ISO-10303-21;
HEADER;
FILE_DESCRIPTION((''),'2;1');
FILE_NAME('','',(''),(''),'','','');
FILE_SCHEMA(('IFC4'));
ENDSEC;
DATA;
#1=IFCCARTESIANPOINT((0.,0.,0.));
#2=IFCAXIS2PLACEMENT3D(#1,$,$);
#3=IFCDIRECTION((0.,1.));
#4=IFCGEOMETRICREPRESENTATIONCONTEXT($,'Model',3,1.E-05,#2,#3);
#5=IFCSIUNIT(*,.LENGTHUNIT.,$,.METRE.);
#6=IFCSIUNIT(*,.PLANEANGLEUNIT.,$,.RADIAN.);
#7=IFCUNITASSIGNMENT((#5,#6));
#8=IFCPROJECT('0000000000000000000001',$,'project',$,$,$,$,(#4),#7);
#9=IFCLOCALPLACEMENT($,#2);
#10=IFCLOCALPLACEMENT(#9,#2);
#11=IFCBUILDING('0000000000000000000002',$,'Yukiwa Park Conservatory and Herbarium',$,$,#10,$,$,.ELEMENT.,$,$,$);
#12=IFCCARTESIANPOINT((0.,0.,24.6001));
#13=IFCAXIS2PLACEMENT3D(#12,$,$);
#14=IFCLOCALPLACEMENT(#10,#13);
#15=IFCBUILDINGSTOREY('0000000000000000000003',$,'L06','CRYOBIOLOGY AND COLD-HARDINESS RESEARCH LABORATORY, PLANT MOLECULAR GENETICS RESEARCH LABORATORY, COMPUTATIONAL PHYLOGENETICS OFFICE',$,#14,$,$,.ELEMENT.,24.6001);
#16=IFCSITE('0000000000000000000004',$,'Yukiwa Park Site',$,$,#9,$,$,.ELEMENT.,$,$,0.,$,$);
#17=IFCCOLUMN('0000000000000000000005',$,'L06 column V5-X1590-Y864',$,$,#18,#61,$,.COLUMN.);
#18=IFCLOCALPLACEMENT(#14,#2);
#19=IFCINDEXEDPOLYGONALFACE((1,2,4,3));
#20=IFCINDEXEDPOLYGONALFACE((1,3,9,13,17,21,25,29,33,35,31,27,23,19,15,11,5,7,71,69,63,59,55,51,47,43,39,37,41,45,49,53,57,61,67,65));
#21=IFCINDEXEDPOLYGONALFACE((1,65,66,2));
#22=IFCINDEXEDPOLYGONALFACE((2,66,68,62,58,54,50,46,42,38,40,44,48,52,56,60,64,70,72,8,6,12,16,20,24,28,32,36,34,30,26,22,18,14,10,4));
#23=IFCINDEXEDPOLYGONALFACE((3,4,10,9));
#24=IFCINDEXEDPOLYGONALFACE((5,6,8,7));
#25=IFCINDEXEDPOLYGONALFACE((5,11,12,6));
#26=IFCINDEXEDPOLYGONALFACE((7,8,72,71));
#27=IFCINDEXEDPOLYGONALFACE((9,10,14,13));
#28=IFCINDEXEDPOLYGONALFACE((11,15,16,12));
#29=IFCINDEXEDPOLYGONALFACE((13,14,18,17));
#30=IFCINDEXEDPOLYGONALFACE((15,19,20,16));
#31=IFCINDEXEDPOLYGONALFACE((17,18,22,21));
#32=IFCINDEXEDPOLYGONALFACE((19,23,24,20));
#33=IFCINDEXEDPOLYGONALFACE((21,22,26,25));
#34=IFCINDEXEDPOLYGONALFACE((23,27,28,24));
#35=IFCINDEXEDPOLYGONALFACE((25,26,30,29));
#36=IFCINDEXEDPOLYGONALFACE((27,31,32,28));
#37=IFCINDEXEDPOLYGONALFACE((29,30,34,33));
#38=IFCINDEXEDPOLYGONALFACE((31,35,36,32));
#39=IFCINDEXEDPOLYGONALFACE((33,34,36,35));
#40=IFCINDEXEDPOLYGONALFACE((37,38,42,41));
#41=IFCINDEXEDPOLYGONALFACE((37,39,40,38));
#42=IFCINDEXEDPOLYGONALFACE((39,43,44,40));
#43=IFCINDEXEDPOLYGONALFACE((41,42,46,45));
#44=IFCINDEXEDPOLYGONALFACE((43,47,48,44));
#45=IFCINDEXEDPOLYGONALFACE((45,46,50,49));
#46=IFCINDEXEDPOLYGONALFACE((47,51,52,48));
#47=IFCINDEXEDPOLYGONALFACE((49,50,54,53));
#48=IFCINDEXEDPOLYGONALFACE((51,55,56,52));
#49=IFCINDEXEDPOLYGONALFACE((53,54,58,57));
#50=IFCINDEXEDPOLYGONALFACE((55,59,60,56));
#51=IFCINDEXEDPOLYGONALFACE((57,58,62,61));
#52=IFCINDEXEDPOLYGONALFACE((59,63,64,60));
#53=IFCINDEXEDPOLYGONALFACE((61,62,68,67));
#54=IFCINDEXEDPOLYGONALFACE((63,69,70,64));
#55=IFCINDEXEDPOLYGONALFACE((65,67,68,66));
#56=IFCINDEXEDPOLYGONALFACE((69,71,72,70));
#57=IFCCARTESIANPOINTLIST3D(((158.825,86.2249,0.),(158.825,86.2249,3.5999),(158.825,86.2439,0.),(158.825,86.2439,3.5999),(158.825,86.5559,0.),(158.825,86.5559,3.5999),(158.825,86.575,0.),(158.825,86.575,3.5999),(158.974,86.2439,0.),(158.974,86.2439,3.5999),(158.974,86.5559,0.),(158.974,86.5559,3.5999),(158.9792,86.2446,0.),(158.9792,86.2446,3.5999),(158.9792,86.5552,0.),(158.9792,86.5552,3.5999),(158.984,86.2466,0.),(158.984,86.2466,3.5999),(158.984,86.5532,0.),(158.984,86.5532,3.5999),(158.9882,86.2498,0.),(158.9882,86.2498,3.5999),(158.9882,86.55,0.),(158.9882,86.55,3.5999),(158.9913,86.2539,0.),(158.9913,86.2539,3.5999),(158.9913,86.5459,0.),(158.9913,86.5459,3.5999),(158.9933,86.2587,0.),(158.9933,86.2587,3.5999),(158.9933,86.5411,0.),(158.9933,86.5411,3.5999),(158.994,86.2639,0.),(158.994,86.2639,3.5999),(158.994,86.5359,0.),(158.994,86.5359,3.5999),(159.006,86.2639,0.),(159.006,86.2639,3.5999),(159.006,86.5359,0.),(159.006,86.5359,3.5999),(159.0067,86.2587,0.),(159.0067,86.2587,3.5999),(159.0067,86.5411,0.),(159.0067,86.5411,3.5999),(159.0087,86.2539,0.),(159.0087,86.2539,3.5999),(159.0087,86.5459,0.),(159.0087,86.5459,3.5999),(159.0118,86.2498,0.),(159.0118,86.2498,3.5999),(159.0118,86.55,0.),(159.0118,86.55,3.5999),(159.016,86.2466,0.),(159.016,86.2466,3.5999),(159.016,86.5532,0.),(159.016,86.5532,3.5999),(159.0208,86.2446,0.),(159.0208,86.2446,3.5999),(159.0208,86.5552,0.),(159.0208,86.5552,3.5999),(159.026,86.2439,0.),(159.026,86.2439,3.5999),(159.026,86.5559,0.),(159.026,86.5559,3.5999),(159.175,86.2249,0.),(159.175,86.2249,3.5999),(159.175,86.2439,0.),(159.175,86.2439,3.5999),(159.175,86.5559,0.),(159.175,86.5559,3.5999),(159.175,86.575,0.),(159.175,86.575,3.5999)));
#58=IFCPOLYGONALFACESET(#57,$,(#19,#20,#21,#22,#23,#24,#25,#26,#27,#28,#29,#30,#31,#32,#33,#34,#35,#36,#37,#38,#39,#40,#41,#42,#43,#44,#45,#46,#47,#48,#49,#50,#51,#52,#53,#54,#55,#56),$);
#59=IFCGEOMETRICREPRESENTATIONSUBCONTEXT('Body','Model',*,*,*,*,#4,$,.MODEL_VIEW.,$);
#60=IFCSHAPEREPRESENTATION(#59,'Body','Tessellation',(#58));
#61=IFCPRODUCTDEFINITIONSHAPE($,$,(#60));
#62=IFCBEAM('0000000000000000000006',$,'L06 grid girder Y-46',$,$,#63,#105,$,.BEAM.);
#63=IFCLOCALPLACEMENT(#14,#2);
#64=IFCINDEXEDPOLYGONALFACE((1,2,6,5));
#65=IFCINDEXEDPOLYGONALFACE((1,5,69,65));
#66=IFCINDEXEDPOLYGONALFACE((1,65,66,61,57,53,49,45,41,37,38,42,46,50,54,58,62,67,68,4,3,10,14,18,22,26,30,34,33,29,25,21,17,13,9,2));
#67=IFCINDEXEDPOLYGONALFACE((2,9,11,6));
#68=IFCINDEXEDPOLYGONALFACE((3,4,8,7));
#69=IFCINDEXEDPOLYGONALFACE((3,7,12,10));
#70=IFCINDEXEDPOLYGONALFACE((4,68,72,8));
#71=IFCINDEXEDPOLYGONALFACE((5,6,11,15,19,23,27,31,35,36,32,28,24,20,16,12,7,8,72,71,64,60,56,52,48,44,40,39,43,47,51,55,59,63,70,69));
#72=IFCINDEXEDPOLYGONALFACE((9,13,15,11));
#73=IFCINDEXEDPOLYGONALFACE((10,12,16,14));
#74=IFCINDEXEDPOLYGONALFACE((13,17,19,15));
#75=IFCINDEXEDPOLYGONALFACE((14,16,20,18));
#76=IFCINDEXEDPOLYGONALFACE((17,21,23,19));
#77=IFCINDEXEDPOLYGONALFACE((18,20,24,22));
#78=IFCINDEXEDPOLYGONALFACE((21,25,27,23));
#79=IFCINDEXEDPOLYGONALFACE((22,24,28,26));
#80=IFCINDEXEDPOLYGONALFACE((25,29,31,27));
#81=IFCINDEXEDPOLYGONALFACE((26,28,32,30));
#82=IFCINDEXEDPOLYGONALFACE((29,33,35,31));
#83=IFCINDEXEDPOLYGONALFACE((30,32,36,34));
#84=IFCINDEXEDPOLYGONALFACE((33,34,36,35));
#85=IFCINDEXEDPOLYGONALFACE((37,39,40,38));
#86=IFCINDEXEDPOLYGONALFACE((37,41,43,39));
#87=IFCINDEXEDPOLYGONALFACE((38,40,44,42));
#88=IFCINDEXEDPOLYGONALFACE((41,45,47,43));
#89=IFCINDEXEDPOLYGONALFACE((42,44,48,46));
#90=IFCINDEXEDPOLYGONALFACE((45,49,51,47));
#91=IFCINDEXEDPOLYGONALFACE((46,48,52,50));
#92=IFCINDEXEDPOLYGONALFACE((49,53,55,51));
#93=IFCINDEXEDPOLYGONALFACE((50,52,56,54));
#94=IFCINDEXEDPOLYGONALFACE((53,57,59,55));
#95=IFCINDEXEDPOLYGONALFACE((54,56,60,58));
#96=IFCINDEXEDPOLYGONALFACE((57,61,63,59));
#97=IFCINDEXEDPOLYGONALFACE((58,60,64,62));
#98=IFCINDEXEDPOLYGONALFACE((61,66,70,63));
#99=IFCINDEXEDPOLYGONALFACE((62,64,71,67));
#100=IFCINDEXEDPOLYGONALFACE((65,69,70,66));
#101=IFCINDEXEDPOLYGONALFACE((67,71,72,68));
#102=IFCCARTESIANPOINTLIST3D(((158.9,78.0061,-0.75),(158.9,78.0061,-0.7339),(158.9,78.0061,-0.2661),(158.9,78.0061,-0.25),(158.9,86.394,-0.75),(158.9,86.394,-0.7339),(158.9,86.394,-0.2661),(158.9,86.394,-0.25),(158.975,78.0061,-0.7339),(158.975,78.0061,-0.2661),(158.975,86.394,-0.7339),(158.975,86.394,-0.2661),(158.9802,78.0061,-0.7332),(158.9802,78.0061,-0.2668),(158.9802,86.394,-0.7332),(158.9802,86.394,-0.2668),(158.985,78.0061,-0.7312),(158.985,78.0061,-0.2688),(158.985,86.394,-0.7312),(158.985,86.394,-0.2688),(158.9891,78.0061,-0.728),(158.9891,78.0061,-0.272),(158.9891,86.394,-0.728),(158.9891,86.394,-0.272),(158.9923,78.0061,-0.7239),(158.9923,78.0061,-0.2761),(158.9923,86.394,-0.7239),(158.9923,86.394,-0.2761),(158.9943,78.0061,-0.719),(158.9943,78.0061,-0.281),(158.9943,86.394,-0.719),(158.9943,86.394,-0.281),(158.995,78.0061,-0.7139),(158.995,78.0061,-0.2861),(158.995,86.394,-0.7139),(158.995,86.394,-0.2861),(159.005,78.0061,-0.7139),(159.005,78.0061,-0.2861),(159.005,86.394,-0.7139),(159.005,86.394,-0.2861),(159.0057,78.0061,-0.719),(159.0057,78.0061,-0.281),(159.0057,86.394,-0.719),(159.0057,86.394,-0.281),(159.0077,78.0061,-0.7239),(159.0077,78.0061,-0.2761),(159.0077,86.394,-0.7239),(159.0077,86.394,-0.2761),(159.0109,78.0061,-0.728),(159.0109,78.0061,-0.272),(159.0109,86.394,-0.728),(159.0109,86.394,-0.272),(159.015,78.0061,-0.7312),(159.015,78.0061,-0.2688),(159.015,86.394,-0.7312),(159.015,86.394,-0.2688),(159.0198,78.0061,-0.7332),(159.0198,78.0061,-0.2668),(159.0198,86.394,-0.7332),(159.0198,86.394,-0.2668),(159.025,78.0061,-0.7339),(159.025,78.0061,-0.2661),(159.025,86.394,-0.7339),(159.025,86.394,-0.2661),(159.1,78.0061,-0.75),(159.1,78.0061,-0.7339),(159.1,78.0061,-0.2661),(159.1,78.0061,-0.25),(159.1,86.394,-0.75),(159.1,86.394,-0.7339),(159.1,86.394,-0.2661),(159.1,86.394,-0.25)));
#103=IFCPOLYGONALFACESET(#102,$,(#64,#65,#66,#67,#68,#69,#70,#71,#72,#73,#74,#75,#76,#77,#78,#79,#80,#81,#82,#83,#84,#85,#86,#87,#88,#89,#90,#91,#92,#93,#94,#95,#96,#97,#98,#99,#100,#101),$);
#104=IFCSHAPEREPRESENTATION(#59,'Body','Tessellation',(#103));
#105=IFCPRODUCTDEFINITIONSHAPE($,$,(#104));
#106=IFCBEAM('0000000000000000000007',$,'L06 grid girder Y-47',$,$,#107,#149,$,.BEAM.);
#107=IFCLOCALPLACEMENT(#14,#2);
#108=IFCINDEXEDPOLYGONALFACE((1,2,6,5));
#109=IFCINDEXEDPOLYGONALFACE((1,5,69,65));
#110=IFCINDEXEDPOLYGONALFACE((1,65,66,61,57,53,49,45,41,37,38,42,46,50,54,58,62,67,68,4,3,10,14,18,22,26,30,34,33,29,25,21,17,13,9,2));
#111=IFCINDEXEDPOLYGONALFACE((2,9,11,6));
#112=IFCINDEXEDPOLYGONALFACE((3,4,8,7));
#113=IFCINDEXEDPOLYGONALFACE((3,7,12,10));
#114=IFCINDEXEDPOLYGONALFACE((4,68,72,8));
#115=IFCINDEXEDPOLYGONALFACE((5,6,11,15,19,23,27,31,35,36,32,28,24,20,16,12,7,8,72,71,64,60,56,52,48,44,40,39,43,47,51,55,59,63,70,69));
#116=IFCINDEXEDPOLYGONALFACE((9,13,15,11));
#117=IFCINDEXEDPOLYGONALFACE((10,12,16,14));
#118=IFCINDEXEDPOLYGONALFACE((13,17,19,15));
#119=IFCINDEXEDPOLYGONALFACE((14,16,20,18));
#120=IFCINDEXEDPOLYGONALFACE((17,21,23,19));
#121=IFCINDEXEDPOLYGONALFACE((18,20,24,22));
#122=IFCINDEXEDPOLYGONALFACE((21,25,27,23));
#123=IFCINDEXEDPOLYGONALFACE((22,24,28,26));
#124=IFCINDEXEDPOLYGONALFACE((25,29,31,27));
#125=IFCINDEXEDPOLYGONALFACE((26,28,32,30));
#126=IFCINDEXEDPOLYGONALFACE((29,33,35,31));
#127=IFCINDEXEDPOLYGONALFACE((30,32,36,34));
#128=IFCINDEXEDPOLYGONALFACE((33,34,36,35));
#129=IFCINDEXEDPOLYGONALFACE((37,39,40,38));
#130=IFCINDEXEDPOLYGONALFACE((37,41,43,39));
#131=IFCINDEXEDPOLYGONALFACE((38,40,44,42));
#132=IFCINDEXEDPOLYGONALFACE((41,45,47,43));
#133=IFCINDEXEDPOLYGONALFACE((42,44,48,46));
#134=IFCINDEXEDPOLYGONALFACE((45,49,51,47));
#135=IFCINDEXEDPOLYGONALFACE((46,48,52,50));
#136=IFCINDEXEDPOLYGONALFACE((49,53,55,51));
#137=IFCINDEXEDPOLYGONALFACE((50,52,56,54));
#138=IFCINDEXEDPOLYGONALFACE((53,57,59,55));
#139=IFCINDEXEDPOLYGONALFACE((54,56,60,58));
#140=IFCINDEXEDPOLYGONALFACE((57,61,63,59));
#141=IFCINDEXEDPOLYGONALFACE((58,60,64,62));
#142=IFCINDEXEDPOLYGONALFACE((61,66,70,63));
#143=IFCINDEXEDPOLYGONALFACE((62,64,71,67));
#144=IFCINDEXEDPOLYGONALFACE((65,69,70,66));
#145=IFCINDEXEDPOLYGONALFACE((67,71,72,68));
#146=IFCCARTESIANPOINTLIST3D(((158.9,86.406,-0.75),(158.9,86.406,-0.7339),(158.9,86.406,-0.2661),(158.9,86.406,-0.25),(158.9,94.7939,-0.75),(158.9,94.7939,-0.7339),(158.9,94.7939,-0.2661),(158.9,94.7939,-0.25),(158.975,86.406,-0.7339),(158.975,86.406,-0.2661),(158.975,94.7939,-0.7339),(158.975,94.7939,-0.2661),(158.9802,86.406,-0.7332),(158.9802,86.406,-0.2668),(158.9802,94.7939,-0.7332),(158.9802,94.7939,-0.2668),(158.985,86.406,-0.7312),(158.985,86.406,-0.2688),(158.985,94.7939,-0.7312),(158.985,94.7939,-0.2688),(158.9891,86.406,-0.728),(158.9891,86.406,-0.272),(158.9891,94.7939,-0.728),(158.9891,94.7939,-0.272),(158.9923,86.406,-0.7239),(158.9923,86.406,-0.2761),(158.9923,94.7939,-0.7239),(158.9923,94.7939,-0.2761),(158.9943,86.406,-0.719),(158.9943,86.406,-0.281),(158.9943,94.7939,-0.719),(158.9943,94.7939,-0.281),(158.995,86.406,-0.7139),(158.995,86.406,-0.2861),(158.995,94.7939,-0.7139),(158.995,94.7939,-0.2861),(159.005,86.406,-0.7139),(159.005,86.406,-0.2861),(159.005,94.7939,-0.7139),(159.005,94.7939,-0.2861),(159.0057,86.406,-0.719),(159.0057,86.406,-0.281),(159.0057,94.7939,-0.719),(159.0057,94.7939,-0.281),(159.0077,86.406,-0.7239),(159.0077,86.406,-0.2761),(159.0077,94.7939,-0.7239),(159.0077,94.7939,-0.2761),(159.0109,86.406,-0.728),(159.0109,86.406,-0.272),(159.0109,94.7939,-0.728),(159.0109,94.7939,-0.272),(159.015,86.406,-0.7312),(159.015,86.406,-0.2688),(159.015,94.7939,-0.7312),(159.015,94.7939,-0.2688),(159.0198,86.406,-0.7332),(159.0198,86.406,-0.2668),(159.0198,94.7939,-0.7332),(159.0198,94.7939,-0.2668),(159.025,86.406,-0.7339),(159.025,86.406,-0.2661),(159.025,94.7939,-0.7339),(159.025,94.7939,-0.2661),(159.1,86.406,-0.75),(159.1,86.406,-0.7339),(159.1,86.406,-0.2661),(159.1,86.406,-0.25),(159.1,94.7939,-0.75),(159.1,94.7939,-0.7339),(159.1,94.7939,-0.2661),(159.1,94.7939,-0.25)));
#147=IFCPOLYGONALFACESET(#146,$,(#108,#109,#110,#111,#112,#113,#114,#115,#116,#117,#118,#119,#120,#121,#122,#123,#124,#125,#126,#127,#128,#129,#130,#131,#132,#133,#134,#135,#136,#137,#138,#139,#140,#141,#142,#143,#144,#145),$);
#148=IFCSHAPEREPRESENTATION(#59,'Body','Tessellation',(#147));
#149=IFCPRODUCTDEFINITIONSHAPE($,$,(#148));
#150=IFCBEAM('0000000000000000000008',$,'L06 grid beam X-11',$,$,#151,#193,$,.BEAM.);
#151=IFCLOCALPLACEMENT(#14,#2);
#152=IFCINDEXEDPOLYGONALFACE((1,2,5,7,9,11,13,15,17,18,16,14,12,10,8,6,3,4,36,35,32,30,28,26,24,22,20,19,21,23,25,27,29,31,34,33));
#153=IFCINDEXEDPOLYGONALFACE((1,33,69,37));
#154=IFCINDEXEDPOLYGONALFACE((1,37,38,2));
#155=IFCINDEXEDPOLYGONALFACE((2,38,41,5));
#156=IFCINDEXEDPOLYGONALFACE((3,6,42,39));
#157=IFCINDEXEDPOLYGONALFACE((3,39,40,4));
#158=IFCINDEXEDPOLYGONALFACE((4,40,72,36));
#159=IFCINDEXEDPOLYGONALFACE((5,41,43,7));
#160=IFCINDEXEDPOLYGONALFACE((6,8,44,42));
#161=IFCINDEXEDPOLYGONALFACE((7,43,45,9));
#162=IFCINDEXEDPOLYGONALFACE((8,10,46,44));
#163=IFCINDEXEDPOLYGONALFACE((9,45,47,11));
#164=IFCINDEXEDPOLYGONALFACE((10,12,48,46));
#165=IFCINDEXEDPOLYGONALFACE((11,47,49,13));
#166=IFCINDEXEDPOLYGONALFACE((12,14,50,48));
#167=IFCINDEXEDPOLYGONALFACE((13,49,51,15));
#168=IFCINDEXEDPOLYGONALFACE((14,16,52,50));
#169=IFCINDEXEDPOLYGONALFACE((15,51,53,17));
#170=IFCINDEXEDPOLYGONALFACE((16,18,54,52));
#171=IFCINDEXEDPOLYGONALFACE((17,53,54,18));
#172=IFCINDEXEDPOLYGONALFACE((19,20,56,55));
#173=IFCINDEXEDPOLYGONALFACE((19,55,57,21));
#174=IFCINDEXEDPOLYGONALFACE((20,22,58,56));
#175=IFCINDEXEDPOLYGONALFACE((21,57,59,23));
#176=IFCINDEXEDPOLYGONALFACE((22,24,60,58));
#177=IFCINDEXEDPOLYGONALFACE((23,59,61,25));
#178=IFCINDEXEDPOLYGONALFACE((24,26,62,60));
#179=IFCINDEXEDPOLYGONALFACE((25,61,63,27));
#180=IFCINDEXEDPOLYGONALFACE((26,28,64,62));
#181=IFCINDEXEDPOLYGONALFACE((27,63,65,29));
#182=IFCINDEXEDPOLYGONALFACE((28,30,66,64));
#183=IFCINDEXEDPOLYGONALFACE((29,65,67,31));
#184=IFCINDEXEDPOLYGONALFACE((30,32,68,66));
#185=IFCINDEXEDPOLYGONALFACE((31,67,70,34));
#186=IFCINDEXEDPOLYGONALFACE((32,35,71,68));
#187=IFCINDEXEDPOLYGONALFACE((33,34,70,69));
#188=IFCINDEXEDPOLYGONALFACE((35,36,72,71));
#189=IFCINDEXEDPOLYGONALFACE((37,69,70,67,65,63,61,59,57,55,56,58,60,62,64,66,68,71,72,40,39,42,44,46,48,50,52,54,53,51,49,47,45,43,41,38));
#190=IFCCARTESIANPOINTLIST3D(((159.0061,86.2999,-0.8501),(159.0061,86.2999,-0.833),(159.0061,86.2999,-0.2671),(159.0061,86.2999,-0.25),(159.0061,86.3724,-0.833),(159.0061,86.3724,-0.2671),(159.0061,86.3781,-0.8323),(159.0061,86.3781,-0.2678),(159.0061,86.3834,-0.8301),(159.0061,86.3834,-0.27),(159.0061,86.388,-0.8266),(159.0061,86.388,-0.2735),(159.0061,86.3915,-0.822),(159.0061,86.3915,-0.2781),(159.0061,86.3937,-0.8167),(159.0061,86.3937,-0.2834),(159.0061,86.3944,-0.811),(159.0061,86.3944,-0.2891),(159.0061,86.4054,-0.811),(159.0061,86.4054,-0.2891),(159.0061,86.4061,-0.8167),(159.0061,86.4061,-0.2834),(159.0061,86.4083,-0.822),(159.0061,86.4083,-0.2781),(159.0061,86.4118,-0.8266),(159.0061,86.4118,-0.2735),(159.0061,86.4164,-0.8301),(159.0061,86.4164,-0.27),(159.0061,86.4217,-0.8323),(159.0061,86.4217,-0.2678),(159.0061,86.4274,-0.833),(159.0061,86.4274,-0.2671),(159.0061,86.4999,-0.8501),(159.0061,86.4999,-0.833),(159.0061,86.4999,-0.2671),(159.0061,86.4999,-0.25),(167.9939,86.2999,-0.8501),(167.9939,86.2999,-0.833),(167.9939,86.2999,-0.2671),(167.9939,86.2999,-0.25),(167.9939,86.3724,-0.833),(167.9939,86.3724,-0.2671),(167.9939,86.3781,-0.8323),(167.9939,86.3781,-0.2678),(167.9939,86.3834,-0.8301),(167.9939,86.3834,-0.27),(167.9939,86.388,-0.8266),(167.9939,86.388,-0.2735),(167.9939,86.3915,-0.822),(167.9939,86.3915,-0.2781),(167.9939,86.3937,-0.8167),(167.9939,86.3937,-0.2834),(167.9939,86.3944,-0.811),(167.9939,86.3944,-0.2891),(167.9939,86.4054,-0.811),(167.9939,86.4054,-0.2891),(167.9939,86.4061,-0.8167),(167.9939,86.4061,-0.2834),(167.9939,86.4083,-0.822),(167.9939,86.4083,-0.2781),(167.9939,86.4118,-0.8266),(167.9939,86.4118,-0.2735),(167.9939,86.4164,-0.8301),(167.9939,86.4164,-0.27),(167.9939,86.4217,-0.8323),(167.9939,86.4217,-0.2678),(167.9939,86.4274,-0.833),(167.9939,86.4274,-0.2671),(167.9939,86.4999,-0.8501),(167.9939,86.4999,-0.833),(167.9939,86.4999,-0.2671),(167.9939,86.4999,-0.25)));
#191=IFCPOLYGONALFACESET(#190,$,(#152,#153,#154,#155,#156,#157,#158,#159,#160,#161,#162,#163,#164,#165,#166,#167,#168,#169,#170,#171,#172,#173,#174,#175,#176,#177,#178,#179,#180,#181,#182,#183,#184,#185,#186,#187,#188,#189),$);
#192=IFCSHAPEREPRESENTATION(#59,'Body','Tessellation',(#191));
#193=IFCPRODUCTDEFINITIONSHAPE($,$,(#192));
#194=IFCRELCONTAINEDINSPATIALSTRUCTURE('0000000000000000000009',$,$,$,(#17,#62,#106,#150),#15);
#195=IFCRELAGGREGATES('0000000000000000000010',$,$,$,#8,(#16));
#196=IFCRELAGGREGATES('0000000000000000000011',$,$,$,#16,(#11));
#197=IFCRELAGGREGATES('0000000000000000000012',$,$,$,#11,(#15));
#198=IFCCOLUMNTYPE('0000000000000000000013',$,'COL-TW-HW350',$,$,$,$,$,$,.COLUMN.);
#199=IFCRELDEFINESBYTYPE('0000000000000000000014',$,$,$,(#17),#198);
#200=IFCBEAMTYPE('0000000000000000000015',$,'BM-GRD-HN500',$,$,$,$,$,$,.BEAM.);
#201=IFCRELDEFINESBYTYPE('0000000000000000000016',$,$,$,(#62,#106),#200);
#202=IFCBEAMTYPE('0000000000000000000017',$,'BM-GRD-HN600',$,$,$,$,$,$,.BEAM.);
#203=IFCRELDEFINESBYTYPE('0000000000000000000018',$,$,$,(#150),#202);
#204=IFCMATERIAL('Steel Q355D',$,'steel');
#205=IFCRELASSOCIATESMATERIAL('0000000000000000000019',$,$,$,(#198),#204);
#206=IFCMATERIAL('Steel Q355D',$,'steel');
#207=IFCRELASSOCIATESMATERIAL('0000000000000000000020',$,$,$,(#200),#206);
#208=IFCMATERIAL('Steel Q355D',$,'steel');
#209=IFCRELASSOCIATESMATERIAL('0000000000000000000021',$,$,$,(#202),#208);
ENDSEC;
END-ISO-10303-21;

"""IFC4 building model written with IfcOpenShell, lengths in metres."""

from ifc_helpers import new_model, si_unit, direction, frame, origin, origin_2d, place, context, subcontext, project, spatial, i_section, extrude, material, material_profile, profile_set, type_object, element, save


model = new_model("IFC4")

# Units and contexts
model_context = context("Model", 3, precision=1e-05, world=origin(), true_north=direction((0.0, 1.0)))
body_context = subcontext(model_context, "Body", "Model", "MODEL_VIEW")
ifc_project = project(units=[si_unit("LENGTHUNIT", "METRE"), si_unit("PLANEANGLEUNIT", "RADIAN")], contexts=[model_context])

# Site, building, storey
site_placement = place(None, origin())
site = spatial("IfcSite", under=ifc_project, at=site_placement, Name="Yukiwa Park Site", CompositionType="ELEMENT", RefElevation=0.0)
building_placement = place(site_placement, origin())
building = spatial("IfcBuilding", under=site, at=building_placement, Name="Yukiwa Park Conservatory and Herbarium", CompositionType="ELEMENT")
storey_placement = place(building_placement, frame((0.0, 0.0, 24.6001)))
storey = spatial("IfcBuildingStorey", under=building, at=storey_placement, Name="L06", Description="CRYOBIOLOGY AND COLD-HARDINESS RESEARCH LABORATORY, PLANT MOLECULAR GENETICS RESEARCH LABORATORY, COMPUTATIONAL PHYLOGENETICS OFFICE", CompositionType="ELEMENT", Elevation=24.6001)

# Column
ifc_material_1 = material(Name="Steel Q355D", Category="steel")
ifc_material_profile_1 = material_profile(ifc_material_1, i_section(OverallWidth=0.3501, OverallDepth=0.3501, WebThickness=0.012, FlangeThickness=0.019, FilletRadius=0.02, at=origin_2d()), Name="HW 350x350x12x19")
ifc_profile_set_1 = profile_set([ifc_material_profile_1], Name="Steel Q355D")
column_type_1 = type_object("IfcColumnType", Name="COL-TW-HW350", PredefinedType="COLUMN", material=ifc_profile_set_1)
column_placement = place(storey_placement, frame((159.0, 86.3999, 0.0), z_axis=(0.0, 0.0, 1.0), x_axis=(1.0, 0.0, 0.0)))
element("IfcColumn", 1, at=column_placement, inside=storey, type_object=column_type_1, Name="L06 column V5-X1590-Y864", PredefinedType="COLUMN", context=body_context, shape_type="SweptSolid", body=[
    extrude(i_section(OverallWidth=0.3501, OverallDepth=0.3501, WebThickness=0.012, FlangeThickness=0.019, FilletRadius=0.02, at=origin_2d()), origin(), (0.0, 0.0, 1.0), 3.5999),
])

# Beams
ifc_material_2 = material(Name="Steel Q355D", Category="steel")
ifc_material_profile_2 = material_profile(ifc_material_2, i_section(OverallWidth=0.2, OverallDepth=0.5, WebThickness=0.01, FlangeThickness=0.0161, FilletRadius=0.02, at=origin_2d()), Name="HN 500x200x10x16")
ifc_profile_set_2 = profile_set([ifc_material_profile_2], Name="Steel Q355D")
beam_type_1 = type_object("IfcBeamType", Name="BM-GRD-HN500", PredefinedType="BEAM", material=ifc_profile_set_2)
for number, where, z_axis, x_axis, name in (
    (2, (159.0, 78.0061, -0.5), (0.0, 1.0, 0.0), (-1.0, 0.0, 0.0), "L06 grid girder Y-46"),
    (3, (159.0, 86.406, -0.5), (0.0, 1.0, 0.0), (-1.0, 0.0, 0.0), "L06 grid girder Y-47"),
):
    element("IfcBeam", number, at=place(storey_placement, frame(where, z_axis=z_axis, x_axis=x_axis)), inside=storey, type_object=beam_type_1, Name=name, PredefinedType="BEAM", context=body_context, shape_type="SweptSolid", body=[
        extrude(i_section(OverallWidth=0.2, OverallDepth=0.5, WebThickness=0.01, FlangeThickness=0.0161, FilletRadius=0.02, at=origin_2d()), origin(), (0.0, 0.0, 1.0), 8.3879),
    ])
ifc_material_3 = material(Name="Steel Q355D", Category="steel")
ifc_material_profile_3 = material_profile(ifc_material_3, i_section(OverallWidth=0.2, OverallDepth=0.6001, WebThickness=0.011, FlangeThickness=0.0171, FilletRadius=0.022, at=origin_2d()), Name="HN 600x200x11x17")
ifc_profile_set_3 = profile_set([ifc_material_profile_3], Name="Steel Q355D")
beam_type_2 = type_object("IfcBeamType", Name="BM-GRD-HN600", PredefinedType="BEAM", material=ifc_profile_set_3)
beam_1_placement = place(storey_placement, frame((159.0061, 86.3999, -0.55), z_axis=(1.0, 0.0, 0.0), x_axis=(0.0, 1.0, 0.0)))
element("IfcBeam", 4, at=beam_1_placement, inside=storey, type_object=beam_type_2, Name="L06 grid beam X-11", PredefinedType="BEAM", context=body_context, shape_type="SweptSolid", body=[
    extrude(i_section(OverallWidth=0.2, OverallDepth=0.6001, WebThickness=0.011, FlangeThickness=0.0171, FilletRadius=0.022, at=origin_2d()), origin(), (0.0, 0.0, 1.0), 8.9878),
])

save(model, "model.ifc")
